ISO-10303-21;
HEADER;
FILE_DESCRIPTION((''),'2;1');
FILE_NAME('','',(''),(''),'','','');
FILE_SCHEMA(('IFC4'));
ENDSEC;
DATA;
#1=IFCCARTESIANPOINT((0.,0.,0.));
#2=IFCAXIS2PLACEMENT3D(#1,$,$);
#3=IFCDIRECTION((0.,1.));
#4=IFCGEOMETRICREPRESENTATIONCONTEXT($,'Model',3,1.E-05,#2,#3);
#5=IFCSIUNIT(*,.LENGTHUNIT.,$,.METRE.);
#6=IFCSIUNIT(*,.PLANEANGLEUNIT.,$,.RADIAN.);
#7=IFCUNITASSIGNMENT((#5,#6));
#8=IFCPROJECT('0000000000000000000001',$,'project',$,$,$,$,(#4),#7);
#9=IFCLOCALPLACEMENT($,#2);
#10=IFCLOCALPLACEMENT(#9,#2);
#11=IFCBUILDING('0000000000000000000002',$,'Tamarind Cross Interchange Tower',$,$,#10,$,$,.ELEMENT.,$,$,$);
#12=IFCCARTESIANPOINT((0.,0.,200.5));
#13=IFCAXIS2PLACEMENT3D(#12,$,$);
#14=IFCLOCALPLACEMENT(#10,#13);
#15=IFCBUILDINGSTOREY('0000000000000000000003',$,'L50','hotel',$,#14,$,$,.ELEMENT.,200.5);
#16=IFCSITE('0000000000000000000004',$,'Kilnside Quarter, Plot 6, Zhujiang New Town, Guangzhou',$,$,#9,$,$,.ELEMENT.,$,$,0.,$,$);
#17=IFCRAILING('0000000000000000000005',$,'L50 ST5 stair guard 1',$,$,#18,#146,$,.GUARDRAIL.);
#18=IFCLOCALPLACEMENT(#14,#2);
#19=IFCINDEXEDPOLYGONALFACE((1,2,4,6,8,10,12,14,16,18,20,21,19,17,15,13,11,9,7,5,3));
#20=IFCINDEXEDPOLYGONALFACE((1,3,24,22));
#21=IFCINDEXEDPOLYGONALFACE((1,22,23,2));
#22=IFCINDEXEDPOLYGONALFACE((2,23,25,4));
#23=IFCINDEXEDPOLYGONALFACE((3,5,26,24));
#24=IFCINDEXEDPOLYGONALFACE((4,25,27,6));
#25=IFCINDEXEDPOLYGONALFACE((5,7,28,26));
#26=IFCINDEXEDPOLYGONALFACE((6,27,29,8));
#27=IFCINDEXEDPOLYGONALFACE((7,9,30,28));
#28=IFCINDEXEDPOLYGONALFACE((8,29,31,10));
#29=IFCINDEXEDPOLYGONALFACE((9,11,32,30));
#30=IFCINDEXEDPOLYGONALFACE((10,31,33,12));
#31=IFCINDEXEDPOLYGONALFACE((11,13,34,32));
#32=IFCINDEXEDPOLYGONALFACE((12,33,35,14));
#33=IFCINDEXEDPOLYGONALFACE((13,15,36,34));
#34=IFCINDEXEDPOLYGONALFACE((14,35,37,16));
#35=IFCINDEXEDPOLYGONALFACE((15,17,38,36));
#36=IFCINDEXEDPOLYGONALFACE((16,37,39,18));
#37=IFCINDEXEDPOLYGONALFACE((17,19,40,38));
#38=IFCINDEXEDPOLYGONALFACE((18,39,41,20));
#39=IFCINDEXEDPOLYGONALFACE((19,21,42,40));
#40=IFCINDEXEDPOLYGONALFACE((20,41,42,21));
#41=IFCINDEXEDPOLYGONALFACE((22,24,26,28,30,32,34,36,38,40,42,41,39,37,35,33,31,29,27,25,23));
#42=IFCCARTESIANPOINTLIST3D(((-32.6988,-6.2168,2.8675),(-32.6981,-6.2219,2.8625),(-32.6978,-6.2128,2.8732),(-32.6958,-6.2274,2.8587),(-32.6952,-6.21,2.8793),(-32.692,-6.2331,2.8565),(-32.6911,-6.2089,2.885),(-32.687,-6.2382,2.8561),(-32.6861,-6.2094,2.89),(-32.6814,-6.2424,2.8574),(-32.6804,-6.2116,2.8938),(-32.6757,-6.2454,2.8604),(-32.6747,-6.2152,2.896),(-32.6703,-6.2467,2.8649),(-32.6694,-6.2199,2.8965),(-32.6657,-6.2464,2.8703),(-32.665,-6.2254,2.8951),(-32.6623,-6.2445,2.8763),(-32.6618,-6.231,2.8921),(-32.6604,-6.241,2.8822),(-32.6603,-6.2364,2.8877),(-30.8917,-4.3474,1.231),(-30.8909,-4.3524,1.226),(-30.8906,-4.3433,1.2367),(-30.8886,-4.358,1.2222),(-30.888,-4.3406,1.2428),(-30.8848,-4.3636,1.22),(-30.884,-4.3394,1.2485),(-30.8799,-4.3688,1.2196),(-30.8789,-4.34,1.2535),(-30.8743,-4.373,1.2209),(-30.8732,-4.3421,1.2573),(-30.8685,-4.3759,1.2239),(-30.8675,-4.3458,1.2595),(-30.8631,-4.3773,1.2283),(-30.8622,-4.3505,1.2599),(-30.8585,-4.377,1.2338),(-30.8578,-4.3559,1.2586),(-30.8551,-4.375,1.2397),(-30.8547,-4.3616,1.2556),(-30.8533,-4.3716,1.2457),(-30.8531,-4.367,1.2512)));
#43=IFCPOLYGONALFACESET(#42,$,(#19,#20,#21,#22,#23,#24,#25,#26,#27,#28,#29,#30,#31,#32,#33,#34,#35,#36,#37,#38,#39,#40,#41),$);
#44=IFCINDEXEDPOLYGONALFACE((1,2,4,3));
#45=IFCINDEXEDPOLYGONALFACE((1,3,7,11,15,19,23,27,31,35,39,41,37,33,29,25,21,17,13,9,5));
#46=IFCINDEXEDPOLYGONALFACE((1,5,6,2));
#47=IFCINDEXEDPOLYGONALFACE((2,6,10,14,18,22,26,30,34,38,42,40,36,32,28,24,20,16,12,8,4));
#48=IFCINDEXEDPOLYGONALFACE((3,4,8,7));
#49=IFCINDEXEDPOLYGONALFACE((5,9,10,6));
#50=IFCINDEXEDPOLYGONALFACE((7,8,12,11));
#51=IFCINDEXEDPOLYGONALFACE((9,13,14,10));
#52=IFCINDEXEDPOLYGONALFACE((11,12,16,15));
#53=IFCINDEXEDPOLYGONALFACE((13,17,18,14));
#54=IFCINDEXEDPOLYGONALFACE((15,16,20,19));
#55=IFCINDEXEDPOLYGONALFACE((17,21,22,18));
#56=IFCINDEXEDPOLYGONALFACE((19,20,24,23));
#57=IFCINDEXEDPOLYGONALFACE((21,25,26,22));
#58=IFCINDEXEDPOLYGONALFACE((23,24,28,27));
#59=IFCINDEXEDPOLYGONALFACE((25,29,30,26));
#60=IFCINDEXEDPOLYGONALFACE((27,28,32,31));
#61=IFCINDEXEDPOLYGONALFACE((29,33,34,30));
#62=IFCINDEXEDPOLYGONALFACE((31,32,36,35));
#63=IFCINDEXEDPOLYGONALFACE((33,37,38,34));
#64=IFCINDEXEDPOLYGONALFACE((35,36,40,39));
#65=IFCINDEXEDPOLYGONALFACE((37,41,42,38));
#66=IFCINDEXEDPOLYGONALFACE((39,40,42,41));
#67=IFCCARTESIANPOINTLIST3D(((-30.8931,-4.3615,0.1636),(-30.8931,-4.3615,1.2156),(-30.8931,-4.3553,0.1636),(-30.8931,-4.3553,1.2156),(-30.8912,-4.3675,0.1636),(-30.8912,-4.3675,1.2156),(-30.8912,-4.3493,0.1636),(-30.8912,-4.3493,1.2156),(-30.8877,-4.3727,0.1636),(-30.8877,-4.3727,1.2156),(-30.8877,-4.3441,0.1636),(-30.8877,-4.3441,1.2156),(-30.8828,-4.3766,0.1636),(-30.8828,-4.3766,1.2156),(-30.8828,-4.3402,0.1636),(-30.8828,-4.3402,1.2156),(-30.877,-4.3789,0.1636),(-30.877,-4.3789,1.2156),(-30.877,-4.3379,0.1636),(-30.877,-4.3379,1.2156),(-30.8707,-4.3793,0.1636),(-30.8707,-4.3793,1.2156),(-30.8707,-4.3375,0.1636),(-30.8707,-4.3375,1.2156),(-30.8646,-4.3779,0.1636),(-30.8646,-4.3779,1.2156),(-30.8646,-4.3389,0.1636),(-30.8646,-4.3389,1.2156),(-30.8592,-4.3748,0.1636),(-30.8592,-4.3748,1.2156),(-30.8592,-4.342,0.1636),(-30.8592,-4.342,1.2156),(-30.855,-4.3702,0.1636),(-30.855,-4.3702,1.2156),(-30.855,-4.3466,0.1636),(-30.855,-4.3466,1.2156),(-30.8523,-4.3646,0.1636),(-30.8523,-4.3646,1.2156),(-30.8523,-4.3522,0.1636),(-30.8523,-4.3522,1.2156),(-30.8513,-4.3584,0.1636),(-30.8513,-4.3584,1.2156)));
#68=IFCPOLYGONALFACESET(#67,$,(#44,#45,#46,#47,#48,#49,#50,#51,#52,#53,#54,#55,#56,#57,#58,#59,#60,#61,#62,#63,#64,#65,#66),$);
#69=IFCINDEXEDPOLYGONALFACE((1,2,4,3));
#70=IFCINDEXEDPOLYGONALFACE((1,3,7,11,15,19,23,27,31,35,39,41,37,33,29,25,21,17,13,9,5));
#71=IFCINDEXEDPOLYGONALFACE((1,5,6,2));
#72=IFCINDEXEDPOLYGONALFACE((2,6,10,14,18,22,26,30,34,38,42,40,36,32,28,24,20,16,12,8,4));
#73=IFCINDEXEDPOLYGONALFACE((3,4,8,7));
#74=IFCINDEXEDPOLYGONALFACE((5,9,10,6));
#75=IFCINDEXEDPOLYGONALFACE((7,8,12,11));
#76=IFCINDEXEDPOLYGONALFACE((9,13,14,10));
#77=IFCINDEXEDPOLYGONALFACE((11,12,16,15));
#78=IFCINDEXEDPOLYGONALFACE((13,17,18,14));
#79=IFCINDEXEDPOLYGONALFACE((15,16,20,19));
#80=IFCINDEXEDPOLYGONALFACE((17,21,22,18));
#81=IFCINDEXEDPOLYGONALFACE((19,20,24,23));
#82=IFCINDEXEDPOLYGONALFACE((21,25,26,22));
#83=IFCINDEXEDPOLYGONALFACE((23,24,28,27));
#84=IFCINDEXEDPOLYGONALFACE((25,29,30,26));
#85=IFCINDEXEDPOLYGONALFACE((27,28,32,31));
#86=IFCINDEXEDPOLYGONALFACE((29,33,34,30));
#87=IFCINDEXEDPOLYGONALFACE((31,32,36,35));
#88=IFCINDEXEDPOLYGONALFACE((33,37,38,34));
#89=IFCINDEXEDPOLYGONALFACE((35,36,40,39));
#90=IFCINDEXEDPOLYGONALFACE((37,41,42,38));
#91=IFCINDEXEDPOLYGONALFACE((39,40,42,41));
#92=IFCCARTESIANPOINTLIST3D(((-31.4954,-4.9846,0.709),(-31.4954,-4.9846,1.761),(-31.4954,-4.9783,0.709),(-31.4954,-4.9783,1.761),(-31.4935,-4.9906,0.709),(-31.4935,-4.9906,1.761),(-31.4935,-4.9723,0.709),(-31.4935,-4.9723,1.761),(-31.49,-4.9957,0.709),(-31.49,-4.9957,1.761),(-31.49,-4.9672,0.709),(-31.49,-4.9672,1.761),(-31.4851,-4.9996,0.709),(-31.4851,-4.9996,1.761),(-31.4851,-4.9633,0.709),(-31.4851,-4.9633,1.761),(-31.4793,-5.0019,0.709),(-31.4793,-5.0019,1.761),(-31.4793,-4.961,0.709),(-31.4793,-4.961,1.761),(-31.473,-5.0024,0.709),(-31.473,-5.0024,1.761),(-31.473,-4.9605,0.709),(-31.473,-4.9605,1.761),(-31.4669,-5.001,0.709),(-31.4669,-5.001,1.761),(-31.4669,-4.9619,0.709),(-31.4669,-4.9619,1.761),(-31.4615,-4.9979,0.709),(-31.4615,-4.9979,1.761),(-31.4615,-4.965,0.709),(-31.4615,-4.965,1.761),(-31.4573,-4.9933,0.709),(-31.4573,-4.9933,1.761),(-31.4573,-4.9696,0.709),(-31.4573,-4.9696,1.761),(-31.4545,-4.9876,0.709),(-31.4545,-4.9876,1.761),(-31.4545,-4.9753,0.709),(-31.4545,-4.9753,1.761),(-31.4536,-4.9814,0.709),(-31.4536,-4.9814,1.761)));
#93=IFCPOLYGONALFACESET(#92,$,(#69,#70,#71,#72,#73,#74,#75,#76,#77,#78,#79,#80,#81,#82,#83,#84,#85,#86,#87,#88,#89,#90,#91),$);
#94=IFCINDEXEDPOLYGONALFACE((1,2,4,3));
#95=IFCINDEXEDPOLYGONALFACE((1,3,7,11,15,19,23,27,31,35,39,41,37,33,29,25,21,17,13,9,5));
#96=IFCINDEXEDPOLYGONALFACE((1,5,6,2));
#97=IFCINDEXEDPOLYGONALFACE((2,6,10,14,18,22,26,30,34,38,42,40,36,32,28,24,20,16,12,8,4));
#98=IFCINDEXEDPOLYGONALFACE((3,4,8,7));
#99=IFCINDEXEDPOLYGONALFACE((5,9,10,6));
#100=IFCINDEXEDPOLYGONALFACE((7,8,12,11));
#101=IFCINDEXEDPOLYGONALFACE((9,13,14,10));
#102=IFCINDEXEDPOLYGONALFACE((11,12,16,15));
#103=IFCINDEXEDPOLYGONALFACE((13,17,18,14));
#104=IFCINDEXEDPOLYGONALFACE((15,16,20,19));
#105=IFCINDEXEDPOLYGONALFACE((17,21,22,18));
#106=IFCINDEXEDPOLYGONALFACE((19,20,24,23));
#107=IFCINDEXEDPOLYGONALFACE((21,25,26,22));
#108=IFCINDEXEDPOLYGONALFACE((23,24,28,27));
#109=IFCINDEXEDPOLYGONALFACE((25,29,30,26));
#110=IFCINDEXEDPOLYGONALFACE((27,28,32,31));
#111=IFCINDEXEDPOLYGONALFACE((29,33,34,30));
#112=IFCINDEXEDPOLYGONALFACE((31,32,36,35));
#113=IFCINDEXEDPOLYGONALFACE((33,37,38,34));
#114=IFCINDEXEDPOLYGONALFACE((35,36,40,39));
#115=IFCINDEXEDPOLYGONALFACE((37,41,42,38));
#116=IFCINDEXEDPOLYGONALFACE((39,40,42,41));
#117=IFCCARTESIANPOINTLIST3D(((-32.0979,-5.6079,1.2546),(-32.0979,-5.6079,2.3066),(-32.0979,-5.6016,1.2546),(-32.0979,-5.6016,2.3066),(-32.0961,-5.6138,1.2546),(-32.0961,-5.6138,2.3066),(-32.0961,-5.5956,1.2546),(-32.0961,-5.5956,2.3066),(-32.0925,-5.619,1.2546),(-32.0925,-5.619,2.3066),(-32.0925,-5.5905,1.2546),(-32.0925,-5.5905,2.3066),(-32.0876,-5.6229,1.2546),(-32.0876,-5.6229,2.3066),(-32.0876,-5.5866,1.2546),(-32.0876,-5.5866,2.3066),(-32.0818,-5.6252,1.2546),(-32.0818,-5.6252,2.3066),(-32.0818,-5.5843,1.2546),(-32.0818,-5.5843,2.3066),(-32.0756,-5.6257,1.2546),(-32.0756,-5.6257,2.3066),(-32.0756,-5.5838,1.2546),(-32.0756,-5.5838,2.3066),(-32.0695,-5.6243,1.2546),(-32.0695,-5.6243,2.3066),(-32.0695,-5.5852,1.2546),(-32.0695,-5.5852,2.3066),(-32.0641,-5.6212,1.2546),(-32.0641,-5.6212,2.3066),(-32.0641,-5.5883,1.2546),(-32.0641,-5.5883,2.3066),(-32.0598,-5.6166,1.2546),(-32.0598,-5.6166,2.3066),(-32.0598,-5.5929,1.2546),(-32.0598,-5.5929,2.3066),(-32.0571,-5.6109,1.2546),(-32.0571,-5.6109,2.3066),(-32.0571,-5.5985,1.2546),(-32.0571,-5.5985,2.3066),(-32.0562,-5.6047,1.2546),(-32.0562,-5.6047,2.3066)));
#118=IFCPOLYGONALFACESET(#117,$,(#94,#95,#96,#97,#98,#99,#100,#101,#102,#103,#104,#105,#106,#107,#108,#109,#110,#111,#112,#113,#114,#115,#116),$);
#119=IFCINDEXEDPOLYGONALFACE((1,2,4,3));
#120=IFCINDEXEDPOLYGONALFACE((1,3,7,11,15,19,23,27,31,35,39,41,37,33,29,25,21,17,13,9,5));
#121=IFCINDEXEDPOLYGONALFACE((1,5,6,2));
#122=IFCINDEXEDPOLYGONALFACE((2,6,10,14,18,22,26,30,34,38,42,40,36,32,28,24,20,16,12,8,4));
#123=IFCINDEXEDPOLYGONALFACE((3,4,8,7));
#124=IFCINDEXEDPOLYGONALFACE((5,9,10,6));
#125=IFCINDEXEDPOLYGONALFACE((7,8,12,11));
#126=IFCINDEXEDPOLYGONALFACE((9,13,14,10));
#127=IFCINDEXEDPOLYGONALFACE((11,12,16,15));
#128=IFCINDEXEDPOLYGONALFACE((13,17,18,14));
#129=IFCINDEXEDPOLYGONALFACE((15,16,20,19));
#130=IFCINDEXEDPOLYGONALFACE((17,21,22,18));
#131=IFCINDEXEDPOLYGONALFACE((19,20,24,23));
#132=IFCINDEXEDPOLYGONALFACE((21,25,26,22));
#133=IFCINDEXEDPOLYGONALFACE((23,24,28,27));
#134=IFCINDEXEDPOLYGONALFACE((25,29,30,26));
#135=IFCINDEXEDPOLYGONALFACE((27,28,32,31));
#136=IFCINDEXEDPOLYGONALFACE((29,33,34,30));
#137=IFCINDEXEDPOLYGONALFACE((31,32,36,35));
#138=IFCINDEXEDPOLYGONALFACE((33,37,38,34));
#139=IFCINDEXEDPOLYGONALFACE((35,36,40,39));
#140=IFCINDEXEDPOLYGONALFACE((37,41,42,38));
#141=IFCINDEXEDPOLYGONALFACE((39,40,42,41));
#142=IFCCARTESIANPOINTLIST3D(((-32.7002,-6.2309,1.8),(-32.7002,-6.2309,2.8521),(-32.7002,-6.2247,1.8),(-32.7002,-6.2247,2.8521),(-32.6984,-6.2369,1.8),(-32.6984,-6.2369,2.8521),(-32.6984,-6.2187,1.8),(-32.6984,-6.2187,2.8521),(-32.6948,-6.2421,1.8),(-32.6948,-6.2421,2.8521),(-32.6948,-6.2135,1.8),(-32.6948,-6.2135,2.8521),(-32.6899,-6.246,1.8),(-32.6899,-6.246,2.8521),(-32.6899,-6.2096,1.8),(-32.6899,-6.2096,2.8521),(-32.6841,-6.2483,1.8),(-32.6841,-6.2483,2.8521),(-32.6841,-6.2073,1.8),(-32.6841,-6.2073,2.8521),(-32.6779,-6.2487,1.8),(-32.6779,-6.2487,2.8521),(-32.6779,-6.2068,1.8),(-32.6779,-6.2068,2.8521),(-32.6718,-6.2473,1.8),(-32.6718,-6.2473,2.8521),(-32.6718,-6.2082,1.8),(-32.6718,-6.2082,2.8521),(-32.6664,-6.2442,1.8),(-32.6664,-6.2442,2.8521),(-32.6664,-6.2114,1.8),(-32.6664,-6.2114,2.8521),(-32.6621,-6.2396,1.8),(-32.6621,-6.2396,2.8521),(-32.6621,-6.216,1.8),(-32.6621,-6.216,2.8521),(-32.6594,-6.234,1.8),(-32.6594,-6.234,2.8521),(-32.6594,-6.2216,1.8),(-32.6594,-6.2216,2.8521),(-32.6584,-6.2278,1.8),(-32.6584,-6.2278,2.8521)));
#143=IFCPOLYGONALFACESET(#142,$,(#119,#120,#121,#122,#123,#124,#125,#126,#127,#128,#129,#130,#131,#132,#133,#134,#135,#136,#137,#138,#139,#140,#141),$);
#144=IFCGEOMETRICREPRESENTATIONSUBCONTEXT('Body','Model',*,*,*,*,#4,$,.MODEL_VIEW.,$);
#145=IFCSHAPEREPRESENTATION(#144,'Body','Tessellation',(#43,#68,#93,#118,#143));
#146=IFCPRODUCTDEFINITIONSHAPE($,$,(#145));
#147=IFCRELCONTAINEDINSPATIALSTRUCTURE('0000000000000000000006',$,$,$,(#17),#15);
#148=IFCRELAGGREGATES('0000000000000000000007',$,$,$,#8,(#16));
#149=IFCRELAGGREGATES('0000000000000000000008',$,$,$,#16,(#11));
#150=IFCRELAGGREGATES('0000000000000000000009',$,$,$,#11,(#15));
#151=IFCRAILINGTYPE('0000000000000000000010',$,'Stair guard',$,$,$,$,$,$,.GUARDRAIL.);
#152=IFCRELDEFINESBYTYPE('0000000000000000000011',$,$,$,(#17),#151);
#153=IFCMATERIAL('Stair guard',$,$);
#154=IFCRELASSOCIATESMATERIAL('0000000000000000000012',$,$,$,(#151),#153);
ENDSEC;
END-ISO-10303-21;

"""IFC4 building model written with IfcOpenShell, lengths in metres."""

from ifc_helpers import new_model, si_unit, direction, frame, origin, origin_2d, place, context, subcontext, project, spatial, circle, extrude, material, type_object, element, save


model = new_model("IFC4")

# Units and contexts
model_context = context("Model", 3, precision=1e-05, world=origin(), true_north=direction((0.0, 1.0)))
body_context = subcontext(model_context, "Body", "Model", "MODEL_VIEW")
ifc_project = project(units=[si_unit("LENGTHUNIT", "METRE"), si_unit("PLANEANGLEUNIT", "RADIAN")], contexts=[model_context])

# Site, building, storey
site_placement = place(None, origin())
site = spatial("IfcSite", under=ifc_project, at=site_placement, Name="Kilnside Quarter, Plot 6, Zhujiang New Town, Guangzhou", CompositionType="ELEMENT", RefElevation=0.0)
building_placement = place(site_placement, origin())
building = spatial("IfcBuilding", under=site, at=building_placement, Name="Tamarind Cross Interchange Tower", CompositionType="ELEMENT")
storey_placement = place(building_placement, frame((0.0, 0.0, 200.5)))
storey = spatial("IfcBuildingStorey", under=building, at=storey_placement, Name="L50", Description="hotel", CompositionType="ELEMENT", Elevation=200.5)

# Railing
ifc_material_1 = material(Name="Stair guard")
railing_type_1 = type_object("IfcRailingType", Name="Stair guard", PredefinedType="GUARDRAIL", material=ifc_material_1)
railing_1_placement = place(storey_placement, frame((-30.8723, -4.3584, 0.1636)))
element("IfcRailing", 1, at=railing_1_placement, inside=storey, type_object=railing_type_1, Name="L50 ST5 stair guard 1", PredefinedType="GUARDRAIL", context=body_context, shape_type="SweptSolid", body=[
    extrude(circle(Radius=0.0239, at=origin_2d()), frame((0.0, 0.0, 1.0762), z_axis=(-0.588221, -0.608486, 0.532673), x_axis=(0.718977, -0.695033, 0.0)), (0.0, 0.0, 1.0), 3.0723),
    extrude(circle(Radius=0.021, at=origin_2d()), origin(), (0.0, 0.0, 1.0), 1.052),
    extrude(circle(Radius=0.021, at=origin_2d()), frame((-0.6023, -0.623, 0.5454)), (0.0, 0.0, 1.0), 1.052),
    extrude(circle(Radius=0.021, at=origin_2d()), frame((-1.2048, -1.2463, 1.0911)), (0.0, 0.0, 1.0), 1.052),
    extrude(circle(Radius=0.021, at=origin_2d()), frame((-1.8071, -1.8694, 1.6365)), (0.0, 0.0, 1.0), 1.052),
])

save(model, "model.ifc")
